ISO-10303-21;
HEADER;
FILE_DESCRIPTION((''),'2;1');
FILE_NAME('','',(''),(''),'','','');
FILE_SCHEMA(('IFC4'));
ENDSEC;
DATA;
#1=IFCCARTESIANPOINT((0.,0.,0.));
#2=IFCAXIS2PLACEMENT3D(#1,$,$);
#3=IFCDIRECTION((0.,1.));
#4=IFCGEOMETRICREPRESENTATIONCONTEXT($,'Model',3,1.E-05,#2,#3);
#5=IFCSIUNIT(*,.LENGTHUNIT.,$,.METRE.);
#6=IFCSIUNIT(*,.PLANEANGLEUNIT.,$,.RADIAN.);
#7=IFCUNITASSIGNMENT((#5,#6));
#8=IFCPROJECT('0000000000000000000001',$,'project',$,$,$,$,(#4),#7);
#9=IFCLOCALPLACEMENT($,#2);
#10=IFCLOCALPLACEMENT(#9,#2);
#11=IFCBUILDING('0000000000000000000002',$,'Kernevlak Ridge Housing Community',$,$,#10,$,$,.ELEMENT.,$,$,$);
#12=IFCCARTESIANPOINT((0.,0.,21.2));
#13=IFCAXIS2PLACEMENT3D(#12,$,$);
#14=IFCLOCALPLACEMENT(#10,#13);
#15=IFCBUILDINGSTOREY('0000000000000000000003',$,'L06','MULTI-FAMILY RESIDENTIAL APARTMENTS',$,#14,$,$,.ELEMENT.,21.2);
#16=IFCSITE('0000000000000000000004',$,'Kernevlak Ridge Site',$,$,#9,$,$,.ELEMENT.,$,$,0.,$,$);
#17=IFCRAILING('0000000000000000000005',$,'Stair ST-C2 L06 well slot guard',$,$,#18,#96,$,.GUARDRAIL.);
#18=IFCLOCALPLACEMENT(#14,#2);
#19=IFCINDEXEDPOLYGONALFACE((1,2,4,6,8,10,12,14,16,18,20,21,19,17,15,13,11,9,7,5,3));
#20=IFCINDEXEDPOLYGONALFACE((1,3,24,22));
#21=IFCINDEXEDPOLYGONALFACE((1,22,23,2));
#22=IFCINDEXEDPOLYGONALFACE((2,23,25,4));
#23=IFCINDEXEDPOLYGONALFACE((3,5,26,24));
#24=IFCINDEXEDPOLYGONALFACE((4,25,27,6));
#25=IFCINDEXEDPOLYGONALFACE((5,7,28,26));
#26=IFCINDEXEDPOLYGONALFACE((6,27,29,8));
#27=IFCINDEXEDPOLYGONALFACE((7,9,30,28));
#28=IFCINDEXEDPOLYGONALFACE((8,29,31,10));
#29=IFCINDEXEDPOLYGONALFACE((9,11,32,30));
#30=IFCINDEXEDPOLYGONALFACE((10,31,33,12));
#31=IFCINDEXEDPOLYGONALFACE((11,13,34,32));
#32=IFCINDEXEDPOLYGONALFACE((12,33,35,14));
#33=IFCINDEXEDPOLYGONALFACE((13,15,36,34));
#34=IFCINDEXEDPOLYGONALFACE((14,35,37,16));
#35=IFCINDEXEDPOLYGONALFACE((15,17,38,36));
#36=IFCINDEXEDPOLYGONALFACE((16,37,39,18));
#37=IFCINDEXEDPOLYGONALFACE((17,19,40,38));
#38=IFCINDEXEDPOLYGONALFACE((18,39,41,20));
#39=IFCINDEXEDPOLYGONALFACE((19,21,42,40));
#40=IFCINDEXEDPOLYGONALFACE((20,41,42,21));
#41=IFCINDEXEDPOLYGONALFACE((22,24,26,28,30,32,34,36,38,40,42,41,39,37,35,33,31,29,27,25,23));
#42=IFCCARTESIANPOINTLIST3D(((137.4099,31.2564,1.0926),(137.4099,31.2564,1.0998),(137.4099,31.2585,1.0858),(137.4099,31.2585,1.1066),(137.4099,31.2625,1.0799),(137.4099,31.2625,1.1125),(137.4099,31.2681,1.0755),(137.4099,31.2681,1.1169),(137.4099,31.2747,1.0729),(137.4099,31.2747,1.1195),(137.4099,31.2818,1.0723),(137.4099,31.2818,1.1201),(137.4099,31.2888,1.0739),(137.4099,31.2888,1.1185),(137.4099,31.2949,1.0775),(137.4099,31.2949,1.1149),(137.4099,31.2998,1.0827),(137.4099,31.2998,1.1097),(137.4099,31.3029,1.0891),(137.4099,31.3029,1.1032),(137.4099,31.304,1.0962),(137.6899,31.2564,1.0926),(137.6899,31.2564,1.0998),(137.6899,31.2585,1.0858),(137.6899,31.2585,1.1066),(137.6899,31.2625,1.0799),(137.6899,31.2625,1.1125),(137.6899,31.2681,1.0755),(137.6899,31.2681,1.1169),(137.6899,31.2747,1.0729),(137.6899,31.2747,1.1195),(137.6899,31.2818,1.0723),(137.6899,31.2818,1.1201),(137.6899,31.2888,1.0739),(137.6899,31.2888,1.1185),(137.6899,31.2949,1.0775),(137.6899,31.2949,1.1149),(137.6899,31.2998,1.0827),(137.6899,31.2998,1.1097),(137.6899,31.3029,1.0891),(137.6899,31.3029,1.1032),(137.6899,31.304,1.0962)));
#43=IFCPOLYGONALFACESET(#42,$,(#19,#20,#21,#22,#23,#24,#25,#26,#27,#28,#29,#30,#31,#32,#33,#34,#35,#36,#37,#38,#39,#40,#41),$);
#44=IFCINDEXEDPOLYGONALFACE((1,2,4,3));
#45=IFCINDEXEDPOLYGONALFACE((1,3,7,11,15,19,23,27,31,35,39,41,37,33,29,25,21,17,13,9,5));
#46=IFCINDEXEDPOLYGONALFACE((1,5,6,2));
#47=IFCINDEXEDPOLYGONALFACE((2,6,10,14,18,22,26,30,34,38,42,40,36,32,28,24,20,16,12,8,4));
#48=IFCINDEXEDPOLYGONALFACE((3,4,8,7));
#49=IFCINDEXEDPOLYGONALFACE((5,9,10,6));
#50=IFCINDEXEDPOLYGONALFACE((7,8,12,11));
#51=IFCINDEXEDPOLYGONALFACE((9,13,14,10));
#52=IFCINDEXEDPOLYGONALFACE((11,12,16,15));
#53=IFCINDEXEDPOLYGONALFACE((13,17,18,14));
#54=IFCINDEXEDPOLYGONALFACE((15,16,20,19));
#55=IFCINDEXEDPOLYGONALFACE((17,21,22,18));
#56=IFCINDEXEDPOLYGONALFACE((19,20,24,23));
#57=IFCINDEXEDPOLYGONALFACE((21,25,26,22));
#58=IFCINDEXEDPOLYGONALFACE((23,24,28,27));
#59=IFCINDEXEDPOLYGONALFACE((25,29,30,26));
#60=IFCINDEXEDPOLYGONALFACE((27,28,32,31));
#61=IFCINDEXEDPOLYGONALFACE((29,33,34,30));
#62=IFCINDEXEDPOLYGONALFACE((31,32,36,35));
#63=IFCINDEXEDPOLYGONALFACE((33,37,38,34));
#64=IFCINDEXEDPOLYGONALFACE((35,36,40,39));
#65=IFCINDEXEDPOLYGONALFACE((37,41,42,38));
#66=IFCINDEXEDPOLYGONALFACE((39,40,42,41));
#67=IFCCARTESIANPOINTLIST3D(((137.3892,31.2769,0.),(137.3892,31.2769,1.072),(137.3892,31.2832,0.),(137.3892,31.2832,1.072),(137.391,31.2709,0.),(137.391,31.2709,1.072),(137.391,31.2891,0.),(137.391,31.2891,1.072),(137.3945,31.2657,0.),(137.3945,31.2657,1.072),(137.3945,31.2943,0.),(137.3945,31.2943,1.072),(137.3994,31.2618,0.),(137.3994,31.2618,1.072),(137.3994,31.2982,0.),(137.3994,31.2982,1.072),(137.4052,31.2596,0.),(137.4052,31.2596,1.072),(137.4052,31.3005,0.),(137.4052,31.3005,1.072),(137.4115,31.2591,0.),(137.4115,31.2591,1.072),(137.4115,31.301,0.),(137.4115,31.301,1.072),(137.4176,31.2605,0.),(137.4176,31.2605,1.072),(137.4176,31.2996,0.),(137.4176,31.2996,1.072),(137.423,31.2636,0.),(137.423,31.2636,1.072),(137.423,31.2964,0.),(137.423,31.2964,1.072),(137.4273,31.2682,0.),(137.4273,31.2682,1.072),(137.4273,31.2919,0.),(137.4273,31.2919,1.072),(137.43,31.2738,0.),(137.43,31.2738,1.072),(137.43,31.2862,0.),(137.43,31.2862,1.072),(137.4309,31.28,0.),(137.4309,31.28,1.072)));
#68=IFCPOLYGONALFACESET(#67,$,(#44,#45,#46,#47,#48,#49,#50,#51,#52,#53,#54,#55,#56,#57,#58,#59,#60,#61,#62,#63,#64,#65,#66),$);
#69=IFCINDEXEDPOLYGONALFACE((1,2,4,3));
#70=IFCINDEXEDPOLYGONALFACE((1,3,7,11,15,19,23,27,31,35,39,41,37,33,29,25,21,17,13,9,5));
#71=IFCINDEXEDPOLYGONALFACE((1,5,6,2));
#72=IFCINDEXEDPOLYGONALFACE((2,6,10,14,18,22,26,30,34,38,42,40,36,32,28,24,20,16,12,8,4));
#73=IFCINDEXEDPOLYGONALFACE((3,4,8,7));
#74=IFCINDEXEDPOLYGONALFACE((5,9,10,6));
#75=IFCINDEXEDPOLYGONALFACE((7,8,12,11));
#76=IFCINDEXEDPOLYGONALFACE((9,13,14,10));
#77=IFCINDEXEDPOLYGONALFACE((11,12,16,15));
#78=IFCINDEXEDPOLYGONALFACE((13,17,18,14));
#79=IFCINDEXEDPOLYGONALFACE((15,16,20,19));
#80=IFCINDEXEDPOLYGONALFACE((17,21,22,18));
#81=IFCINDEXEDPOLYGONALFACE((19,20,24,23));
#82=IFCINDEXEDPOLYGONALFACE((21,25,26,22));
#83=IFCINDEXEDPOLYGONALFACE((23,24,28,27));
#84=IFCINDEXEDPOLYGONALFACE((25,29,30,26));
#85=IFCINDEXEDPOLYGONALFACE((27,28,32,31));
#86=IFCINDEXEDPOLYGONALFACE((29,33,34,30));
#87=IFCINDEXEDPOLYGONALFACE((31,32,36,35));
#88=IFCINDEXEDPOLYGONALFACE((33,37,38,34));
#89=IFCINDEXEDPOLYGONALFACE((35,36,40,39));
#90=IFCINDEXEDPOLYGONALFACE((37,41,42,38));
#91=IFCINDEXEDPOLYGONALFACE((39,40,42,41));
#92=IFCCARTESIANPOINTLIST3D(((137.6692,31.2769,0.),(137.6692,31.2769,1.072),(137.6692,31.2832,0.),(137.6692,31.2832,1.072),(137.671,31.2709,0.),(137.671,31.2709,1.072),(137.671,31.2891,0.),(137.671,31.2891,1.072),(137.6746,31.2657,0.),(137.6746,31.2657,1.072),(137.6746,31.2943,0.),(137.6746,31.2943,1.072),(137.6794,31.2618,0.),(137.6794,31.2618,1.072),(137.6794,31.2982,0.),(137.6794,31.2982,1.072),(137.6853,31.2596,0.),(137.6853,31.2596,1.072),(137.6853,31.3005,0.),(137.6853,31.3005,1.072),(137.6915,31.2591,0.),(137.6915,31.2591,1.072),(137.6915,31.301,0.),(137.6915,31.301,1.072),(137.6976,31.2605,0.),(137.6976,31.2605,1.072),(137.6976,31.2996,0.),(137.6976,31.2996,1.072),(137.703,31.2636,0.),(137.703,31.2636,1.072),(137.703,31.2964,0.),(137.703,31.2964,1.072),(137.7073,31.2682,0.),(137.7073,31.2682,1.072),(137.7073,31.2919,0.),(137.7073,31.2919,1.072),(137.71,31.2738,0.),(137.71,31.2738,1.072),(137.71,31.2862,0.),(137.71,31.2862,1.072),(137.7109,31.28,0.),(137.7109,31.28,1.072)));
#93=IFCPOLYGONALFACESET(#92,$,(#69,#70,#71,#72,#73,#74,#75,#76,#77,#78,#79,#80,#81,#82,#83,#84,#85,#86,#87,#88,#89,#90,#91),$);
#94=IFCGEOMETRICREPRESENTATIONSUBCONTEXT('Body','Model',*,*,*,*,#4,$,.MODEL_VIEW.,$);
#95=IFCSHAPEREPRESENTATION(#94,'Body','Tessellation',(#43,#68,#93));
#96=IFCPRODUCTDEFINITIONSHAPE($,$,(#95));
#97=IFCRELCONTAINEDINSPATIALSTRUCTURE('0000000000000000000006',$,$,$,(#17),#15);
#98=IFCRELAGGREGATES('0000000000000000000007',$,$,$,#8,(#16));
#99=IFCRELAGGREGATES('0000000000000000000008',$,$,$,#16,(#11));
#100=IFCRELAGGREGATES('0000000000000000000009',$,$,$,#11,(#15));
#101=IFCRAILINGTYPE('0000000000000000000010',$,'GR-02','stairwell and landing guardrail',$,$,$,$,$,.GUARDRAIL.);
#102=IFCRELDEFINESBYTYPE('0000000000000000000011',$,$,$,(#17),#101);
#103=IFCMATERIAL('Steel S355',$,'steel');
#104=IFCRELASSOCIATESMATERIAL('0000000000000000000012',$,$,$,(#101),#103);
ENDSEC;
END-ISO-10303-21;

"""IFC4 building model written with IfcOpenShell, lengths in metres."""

from ifc_helpers import new_model, si_unit, direction, frame, origin, origin_2d, place, context, subcontext, project, spatial, circle, extrude, material, type_object, element, save


model = new_model("IFC4")

# Units and contexts
model_context = context("Model", 3, precision=1e-05, world=origin(), true_north=direction((0.0, 1.0)))
body_context = subcontext(model_context, "Body", "Model", "MODEL_VIEW")
ifc_project = project(units=[si_unit("LENGTHUNIT", "METRE"), si_unit("PLANEANGLEUNIT", "RADIAN")], contexts=[model_context])

# Site, building, storey
site_placement = place(None, origin())
site = spatial("IfcSite", under=ifc_project, at=site_placement, Name="Kernevlak Ridge Site", CompositionType="ELEMENT", RefElevation=0.0)
building_placement = place(site_placement, origin())
building = spatial("IfcBuilding", under=site, at=building_placement, Name="Kernevlak Ridge Housing Community", CompositionType="ELEMENT")
storey_placement = place(building_placement, frame((0.0, 0.0, 21.2)))
storey = spatial("IfcBuildingStorey", under=building, at=storey_placement, Name="L06", Description="MULTI-FAMILY RESIDENTIAL APARTMENTS", CompositionType="ELEMENT", Elevation=21.2)

# Railing
ifc_material_1 = material(Name="Steel S355", Category="steel")
railing_type_1 = type_object("IfcRailingType", Name="GR-02", Description="stairwell and landing guardrail", PredefinedType="GUARDRAIL", material=ifc_material_1)
railing_1_placement = place(storey_placement, frame((137.4099, 31.28, 0.0)))
element("IfcRailing", 1, at=railing_1_placement, inside=storey, type_object=railing_type_1, Name="Stair ST-C2 L06 well slot guard", PredefinedType="GUARDRAIL", context=body_context, shape_type="SweptSolid", body=[
    extrude(circle(Radius=0.0239, at=origin_2d()), frame((0.0, 0.0, 1.0962), z_axis=(1.0, 0.0, 0.0), x_axis=(0.0, 1.0, 0.0)), (0.0, 0.0, 1.0), 0.28),
    extrude(circle(Radius=0.021, at=origin_2d()), origin(), (0.0, 0.0, 1.0), 1.072),
    extrude(circle(Radius=0.021, at=origin_2d()), frame((0.28, 0.0, 0.0)), (0.0, 0.0, 1.0), 1.072),
])

save(model, "model.ifc")
